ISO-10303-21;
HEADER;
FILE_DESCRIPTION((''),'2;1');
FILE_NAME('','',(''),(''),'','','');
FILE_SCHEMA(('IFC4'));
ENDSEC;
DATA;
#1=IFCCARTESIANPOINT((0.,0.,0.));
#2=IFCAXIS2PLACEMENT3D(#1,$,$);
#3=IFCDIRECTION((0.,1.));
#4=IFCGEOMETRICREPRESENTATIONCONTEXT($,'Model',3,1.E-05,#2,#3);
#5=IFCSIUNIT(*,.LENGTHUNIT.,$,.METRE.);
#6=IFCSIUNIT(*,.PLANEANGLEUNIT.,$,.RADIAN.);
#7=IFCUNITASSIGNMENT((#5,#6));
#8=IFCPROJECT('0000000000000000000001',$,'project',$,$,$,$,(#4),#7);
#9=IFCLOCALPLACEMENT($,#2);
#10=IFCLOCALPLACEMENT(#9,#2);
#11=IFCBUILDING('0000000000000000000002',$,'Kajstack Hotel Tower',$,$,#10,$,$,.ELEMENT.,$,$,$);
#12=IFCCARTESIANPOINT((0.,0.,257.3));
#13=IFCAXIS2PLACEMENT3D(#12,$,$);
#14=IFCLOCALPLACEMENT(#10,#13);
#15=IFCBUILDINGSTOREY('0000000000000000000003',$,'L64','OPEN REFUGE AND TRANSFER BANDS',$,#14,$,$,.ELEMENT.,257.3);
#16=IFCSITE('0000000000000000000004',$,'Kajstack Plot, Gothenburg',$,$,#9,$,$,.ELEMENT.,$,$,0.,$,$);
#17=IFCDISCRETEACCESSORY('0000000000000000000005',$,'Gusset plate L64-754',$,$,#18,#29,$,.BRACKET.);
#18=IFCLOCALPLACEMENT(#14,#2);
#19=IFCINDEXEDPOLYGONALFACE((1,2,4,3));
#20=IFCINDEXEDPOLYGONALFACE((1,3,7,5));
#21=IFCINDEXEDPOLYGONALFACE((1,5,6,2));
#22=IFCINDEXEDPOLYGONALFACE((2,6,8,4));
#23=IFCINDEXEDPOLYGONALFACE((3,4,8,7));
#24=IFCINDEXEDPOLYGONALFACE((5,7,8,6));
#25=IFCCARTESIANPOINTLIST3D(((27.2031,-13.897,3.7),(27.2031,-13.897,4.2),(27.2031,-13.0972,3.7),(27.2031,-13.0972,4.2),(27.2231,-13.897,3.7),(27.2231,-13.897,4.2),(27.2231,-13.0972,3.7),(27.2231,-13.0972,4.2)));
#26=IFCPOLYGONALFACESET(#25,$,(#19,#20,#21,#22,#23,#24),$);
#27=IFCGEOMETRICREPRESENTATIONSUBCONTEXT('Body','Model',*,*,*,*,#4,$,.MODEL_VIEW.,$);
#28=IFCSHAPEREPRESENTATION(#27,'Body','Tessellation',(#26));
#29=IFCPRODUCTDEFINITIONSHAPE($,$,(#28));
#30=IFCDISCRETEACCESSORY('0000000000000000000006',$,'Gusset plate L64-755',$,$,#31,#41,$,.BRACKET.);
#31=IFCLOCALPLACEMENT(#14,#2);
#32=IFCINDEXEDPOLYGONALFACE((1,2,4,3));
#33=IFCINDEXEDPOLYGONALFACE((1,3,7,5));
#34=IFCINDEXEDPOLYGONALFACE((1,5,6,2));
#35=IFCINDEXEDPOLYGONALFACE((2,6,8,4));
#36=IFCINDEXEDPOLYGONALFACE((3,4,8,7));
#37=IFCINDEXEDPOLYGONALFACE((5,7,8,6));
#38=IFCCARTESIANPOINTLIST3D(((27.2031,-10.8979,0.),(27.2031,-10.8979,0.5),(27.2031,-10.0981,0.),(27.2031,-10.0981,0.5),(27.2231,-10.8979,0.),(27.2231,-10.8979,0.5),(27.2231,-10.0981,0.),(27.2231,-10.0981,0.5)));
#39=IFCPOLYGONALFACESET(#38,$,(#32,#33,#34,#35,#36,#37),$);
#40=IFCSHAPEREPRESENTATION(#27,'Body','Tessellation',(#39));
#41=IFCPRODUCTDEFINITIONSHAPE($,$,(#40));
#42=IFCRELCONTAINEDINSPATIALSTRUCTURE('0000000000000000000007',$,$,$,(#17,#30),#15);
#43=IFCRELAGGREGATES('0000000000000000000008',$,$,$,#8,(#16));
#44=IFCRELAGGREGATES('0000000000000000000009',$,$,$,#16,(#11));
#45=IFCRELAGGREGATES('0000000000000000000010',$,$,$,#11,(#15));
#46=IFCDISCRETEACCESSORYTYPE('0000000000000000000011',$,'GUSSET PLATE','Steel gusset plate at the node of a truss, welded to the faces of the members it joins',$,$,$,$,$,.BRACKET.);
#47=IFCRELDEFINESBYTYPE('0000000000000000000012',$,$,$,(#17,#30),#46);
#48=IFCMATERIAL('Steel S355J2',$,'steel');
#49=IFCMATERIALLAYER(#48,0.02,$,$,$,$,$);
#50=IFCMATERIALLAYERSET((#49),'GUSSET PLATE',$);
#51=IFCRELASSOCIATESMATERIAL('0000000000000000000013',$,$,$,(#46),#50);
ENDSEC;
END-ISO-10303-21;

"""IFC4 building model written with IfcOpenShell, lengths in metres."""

from ifc_helpers import new_model, si_unit, direction, frame, origin, place, context, subcontext, project, spatial, polyline, outline, extrude, material, layer, layer_set, type_object, element, save


model = new_model("IFC4")

# Units and contexts
model_context = context("Model", 3, precision=1e-05, world=origin(), true_north=direction((0.0, 1.0)))
body_context = subcontext(model_context, "Body", "Model", "MODEL_VIEW")
ifc_project = project(units=[si_unit("LENGTHUNIT", "METRE"), si_unit("PLANEANGLEUNIT", "RADIAN")], contexts=[model_context])

# Site, building, storey
site_placement = place(None, origin())
site = spatial("IfcSite", under=ifc_project, at=site_placement, Name="Kajstack Plot, Gothenburg", CompositionType="ELEMENT", RefElevation=0.0)
building_placement = place(site_placement, origin())
building = spatial("IfcBuilding", under=site, at=building_placement, Name="Kajstack Hotel Tower", CompositionType="ELEMENT")
storey_placement = place(building_placement, frame((0.0, 0.0, 257.3)))
storey = spatial("IfcBuildingStorey", under=building, at=storey_placement, Name="L64", Description="OPEN REFUGE AND TRANSFER BANDS", CompositionType="ELEMENT", Elevation=257.3)

# Shared definitions
ifc_material_1 = material(Name="Steel S355J2", Category="steel")

# Discrete accessories
ifc_layer_1 = layer(ifc_material_1, 0.02)
ifc_layer_set_1 = layer_set([ifc_layer_1], Name="GUSSET PLATE")
discrete_accessory_type = type_object("IfcDiscreteAccessoryType", Name="GUSSET PLATE", Description="Steel gusset plate at the node of a truss, welded to the faces of the members it joins", PredefinedType="BRACKET", material=ifc_layer_set_1)
for number, where, z_axis, x_axis, name in (
    (1, (27.2031, -13.4971, 3.7), (1.0, 0.0, 0.0), (0.0, 1.0, 0.0), "Gusset plate L64-754"),
    (2, (27.2031, -10.498, 0.0), (1.0, 0.0, 0.0), (0.0, 1.0, 0.0), "Gusset plate L64-755"),
):
    element("IfcDiscreteAccessory", number, at=place(storey_placement, frame(where, z_axis=z_axis, x_axis=x_axis)), inside=storey, type_object=discrete_accessory_type, Name=name, PredefinedType="BRACKET", context=body_context, shape_type="SweptSolid", body=[
        extrude(outline(polyline([(-0.3999, 0.0), (0.3999, 0.0), (0.3999, 0.5), (-0.3999, 0.5), (-0.3999, 0.0)])), origin(), (0.0, 0.0, 1.0), 0.02),
    ])

save(model, "model.ifc")
